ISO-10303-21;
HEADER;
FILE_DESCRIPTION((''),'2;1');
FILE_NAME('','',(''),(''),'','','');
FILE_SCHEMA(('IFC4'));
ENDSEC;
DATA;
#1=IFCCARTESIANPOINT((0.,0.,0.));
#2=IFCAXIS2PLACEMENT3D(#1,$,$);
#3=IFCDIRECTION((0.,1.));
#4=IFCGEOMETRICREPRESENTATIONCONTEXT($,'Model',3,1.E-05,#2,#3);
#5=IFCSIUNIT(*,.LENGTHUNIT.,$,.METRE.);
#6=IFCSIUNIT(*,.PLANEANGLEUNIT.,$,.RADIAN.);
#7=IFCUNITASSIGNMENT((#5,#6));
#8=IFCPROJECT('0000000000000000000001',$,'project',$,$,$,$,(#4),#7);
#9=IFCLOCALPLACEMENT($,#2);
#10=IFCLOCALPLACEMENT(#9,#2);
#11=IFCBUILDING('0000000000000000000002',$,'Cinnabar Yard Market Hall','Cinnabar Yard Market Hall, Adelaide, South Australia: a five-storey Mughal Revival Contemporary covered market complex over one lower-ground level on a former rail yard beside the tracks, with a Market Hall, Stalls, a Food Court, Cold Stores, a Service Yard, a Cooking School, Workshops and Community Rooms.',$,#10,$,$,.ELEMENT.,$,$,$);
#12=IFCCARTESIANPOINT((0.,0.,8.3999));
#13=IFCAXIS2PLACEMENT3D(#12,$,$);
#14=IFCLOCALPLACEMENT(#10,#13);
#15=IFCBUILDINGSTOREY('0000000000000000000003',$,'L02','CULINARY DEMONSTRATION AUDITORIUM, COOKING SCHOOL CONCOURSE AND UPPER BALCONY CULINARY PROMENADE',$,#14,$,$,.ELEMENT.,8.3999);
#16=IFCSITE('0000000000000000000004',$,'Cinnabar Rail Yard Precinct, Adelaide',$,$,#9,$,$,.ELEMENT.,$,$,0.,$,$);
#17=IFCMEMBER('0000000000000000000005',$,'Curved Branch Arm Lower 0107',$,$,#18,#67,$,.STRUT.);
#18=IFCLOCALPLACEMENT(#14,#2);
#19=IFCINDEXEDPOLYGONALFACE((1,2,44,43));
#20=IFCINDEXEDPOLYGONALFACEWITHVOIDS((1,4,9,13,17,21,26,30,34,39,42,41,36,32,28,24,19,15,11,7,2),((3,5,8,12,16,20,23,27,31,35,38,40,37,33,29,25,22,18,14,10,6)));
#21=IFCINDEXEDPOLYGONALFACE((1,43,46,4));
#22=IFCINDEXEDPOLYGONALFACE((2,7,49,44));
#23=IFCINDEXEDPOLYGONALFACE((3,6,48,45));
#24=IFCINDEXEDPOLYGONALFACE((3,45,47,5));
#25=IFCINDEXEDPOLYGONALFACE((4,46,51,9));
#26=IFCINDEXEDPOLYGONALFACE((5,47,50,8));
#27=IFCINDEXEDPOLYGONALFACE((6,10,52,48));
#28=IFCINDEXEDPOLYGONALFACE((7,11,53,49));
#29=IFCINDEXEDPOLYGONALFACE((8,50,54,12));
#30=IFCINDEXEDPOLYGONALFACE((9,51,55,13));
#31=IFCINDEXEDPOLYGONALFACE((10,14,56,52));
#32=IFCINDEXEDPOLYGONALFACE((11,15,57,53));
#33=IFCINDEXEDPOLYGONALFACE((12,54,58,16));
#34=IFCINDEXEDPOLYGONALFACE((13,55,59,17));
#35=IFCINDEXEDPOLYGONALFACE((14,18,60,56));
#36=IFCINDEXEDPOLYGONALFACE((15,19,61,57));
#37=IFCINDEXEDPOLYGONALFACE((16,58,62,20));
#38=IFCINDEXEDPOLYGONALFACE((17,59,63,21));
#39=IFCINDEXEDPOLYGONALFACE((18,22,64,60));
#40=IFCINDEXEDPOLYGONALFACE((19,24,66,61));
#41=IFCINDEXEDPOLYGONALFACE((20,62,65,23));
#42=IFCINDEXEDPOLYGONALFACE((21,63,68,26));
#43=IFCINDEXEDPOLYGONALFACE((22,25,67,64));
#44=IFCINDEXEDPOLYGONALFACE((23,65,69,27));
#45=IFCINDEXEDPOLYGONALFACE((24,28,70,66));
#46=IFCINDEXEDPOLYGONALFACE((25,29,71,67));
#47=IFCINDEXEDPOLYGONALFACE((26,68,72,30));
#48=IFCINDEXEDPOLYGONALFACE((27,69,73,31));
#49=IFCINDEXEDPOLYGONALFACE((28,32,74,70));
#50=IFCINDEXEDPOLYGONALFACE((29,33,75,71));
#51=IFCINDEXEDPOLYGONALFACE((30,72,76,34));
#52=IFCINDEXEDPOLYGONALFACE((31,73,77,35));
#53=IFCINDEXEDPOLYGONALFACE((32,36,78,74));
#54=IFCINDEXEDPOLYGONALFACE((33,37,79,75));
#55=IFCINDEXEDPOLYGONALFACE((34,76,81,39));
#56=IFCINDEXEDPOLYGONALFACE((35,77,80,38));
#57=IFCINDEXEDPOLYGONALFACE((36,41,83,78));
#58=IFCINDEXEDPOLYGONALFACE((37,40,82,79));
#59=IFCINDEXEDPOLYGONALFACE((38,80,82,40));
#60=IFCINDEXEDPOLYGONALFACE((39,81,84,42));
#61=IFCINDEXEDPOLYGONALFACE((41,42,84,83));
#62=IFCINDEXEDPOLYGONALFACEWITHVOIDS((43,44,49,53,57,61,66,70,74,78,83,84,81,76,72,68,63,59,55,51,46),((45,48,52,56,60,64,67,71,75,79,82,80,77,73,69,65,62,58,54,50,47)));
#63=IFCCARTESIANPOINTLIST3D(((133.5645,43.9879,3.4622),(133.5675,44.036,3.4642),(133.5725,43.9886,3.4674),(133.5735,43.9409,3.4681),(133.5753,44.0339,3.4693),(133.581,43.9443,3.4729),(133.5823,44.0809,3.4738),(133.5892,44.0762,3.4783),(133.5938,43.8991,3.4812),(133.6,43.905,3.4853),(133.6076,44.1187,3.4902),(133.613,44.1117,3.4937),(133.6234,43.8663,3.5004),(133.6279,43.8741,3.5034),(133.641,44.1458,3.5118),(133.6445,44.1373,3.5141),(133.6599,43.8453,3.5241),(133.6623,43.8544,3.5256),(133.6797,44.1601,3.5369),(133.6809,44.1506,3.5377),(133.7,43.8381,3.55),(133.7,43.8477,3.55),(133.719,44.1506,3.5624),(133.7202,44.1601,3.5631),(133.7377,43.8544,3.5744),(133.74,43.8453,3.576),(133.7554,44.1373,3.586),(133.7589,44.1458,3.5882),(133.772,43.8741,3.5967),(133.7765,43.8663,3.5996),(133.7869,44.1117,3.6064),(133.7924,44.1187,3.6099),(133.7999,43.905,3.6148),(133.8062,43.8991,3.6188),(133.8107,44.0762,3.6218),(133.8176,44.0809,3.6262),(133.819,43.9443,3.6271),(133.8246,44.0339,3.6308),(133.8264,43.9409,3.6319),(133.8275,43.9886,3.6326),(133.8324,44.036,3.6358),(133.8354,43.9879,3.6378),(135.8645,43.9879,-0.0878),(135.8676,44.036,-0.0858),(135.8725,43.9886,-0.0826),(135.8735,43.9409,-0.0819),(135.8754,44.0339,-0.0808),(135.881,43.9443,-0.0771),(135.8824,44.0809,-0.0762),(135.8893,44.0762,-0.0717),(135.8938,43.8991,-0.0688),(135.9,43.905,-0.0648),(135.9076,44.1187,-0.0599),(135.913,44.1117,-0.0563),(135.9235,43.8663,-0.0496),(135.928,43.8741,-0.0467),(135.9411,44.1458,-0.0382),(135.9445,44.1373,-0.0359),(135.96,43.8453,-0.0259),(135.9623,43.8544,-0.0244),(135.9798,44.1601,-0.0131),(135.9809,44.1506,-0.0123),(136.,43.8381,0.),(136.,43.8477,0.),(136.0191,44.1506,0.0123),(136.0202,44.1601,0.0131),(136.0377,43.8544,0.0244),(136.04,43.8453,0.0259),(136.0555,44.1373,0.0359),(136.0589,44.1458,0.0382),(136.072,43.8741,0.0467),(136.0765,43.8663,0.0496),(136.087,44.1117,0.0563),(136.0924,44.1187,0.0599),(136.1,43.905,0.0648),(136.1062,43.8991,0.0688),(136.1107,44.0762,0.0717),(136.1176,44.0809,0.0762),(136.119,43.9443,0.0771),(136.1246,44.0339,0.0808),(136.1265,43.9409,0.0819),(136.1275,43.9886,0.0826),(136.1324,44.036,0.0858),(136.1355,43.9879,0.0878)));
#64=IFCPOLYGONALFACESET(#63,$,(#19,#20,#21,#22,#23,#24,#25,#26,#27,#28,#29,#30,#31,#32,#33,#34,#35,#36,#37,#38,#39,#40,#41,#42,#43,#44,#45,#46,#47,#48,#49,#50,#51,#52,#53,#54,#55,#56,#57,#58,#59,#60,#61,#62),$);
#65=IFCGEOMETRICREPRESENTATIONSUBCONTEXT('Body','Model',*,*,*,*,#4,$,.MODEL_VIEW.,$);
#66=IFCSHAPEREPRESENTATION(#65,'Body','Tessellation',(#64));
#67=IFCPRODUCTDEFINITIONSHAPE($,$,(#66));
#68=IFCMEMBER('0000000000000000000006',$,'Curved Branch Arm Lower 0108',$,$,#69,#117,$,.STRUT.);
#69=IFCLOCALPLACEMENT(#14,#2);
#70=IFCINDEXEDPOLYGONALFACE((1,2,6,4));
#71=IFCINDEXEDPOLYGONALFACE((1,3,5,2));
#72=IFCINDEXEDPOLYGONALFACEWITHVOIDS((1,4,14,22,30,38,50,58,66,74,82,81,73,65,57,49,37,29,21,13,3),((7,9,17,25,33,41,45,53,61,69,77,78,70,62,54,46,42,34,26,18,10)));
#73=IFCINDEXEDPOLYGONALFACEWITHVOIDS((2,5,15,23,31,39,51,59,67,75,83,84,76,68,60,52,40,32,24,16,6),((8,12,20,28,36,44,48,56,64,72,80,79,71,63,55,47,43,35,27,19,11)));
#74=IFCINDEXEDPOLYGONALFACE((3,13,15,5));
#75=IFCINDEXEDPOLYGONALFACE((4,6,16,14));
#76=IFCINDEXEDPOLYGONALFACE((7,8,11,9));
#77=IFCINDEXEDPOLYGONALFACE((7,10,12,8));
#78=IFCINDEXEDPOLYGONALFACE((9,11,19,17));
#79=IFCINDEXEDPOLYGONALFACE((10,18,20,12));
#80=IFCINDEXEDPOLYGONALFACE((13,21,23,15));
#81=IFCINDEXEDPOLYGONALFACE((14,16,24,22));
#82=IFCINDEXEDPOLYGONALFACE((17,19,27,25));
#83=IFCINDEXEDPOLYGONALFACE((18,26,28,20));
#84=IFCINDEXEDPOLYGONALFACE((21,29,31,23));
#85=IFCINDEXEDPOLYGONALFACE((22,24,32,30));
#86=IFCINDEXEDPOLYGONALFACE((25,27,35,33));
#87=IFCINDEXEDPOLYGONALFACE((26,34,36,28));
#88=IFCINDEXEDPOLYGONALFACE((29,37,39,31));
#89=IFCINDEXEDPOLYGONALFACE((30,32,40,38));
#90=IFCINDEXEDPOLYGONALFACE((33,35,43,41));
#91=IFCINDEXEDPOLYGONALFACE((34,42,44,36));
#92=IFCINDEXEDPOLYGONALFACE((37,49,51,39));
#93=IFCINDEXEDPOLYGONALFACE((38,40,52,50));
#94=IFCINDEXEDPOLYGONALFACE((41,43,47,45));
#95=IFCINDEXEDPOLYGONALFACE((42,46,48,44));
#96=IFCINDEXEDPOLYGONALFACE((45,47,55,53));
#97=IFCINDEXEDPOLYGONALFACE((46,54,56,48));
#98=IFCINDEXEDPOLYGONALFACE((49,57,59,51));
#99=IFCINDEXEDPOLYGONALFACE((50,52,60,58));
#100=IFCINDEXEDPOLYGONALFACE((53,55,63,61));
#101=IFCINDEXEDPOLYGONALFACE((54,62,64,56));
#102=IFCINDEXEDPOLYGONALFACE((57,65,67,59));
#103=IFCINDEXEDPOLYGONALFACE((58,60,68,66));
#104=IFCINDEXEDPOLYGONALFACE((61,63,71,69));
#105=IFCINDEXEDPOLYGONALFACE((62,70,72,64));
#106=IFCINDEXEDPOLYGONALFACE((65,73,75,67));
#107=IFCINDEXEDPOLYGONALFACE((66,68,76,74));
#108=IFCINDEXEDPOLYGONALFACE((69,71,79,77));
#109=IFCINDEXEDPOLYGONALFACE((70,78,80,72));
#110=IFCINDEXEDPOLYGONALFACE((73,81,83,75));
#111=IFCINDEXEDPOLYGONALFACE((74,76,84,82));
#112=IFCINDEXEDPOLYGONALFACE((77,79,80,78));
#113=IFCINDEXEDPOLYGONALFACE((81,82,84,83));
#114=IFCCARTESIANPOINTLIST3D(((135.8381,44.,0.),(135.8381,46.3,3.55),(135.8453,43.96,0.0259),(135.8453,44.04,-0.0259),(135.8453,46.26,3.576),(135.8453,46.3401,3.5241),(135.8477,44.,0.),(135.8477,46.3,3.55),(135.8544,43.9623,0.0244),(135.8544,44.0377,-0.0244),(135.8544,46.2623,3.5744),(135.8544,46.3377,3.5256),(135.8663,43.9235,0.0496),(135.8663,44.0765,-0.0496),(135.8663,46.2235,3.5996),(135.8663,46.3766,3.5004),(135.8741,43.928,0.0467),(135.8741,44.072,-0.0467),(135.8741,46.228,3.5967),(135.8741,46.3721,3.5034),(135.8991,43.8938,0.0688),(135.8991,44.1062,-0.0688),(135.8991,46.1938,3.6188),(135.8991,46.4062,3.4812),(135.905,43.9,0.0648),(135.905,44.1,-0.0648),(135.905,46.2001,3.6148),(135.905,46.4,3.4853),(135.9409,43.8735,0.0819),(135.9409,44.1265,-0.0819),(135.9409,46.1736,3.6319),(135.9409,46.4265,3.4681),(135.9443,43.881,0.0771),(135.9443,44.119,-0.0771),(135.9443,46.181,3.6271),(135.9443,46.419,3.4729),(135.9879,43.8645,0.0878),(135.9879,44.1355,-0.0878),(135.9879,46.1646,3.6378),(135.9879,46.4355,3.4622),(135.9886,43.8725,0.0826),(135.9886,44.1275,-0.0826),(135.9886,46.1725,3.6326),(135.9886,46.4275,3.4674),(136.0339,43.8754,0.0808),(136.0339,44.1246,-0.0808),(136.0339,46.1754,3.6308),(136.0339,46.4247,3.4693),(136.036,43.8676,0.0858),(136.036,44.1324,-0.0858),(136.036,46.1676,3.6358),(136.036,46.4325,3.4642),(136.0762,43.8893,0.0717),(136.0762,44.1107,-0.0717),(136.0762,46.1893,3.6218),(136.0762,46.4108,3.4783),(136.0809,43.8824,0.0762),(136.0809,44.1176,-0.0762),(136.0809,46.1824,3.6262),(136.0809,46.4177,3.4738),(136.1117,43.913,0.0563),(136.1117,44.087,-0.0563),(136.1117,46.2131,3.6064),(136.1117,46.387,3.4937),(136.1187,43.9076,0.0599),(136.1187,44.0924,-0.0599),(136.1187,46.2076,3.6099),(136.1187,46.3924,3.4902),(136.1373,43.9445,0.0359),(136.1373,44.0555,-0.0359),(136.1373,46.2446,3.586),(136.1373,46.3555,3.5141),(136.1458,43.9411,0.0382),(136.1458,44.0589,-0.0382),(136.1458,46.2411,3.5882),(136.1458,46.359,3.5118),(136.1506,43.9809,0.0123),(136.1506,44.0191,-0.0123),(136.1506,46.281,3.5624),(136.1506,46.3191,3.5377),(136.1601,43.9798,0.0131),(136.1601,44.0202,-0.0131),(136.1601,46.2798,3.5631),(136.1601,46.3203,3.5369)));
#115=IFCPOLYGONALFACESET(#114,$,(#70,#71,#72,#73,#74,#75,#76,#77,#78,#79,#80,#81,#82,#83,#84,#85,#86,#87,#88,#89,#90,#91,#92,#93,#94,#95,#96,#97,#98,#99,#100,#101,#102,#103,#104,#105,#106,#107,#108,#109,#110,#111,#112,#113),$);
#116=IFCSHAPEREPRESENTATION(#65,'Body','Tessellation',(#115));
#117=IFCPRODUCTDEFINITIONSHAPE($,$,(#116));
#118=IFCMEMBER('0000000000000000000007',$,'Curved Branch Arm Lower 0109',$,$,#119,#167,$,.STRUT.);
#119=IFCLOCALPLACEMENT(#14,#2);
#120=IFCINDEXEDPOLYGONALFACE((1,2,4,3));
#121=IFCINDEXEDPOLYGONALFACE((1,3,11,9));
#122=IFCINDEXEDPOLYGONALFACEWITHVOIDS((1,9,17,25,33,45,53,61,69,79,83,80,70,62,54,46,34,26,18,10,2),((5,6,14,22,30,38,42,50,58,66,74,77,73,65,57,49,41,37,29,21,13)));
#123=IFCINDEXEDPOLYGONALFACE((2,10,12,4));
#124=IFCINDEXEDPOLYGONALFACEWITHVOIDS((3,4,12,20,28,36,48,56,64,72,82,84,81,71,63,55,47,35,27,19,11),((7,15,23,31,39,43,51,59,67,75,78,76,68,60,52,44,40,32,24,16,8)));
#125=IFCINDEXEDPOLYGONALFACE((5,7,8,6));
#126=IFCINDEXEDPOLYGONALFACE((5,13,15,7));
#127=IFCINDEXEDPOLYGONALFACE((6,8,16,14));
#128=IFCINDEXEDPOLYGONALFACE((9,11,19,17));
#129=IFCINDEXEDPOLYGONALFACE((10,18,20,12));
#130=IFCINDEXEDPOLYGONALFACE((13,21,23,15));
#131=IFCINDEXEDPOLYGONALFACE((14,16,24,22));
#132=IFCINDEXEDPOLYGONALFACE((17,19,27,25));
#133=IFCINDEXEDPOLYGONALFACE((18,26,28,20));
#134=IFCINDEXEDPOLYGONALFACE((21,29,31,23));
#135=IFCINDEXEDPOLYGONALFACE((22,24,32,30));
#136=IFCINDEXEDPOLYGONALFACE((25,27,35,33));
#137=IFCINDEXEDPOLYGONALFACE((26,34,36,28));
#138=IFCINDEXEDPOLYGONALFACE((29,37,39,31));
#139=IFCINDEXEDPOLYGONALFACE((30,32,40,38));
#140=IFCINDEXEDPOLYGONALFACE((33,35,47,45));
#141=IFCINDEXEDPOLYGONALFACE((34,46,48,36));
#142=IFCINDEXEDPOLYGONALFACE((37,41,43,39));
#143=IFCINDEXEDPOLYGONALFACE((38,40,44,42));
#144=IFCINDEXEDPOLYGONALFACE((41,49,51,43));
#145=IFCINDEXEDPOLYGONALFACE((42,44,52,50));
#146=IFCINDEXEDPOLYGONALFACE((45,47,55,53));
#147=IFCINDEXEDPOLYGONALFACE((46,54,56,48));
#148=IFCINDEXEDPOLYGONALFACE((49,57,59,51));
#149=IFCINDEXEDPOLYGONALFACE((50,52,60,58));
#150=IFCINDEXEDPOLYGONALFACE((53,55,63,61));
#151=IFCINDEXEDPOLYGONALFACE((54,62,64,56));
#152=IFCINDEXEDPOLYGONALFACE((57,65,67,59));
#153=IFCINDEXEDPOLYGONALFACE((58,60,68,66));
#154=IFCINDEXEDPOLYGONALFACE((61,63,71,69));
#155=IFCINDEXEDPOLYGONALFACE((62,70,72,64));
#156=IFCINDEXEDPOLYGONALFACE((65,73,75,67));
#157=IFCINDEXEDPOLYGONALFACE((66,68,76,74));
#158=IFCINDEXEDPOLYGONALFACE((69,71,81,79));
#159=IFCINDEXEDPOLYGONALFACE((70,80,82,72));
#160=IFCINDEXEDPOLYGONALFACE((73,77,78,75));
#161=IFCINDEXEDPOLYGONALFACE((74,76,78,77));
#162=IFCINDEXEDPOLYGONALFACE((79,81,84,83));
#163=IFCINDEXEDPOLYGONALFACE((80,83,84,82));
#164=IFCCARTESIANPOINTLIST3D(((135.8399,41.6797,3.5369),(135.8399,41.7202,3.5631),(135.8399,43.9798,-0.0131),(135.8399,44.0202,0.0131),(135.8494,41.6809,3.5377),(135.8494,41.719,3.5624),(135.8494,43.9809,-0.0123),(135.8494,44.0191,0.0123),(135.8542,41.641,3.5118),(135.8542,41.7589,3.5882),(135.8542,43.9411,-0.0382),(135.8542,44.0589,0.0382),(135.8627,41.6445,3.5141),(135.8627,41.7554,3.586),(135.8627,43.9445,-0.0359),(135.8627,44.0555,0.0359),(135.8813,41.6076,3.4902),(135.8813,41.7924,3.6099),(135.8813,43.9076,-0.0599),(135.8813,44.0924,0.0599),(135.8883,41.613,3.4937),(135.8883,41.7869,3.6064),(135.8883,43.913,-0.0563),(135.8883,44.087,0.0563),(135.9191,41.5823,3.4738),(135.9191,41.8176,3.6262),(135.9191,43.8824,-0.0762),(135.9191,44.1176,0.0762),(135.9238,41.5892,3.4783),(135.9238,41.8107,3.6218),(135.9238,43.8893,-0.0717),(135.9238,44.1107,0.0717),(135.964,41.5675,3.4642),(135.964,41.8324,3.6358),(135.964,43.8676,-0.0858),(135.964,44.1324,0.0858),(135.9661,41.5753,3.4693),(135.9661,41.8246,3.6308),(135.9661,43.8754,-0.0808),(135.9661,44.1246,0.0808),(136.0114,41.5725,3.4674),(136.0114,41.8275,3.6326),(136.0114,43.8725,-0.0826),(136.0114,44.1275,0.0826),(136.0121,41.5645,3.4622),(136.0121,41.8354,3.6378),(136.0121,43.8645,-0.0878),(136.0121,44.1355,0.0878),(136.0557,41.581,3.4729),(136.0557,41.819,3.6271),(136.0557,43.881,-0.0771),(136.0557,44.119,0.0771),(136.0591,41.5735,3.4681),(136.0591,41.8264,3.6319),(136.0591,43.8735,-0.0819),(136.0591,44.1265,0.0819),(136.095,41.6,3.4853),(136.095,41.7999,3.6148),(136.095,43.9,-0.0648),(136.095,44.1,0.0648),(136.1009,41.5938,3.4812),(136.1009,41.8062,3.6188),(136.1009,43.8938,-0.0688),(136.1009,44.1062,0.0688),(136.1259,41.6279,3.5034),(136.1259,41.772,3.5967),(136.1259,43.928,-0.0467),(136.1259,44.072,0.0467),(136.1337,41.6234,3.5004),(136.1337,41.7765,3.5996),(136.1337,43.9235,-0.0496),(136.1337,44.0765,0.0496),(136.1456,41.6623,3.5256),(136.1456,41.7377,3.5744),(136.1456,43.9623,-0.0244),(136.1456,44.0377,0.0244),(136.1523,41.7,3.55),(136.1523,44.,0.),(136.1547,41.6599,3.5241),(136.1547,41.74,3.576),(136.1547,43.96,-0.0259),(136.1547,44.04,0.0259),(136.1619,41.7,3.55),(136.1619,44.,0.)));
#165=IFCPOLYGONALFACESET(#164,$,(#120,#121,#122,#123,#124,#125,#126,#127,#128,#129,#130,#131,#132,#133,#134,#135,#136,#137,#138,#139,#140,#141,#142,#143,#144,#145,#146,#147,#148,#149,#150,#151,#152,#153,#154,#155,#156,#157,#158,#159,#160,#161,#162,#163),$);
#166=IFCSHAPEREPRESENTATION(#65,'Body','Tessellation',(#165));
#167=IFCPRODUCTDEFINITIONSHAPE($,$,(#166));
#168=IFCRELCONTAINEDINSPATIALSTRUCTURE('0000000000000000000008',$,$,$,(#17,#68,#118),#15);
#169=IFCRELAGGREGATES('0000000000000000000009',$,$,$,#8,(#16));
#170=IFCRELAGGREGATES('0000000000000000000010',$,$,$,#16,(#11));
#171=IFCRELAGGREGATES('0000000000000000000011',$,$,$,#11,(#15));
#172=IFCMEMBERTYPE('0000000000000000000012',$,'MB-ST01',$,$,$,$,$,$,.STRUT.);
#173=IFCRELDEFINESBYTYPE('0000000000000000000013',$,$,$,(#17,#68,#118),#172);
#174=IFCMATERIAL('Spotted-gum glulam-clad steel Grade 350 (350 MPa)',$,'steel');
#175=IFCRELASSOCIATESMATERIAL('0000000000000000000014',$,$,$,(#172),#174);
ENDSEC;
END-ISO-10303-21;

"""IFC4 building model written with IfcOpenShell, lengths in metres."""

from ifc_helpers import new_model, si_unit, direction, frame, origin, origin_2d_with_axis, place, context, subcontext, project, spatial, hollow_circle, extrude, material, material_profile, profile_set, type_object, element, save


model = new_model("IFC4")

# Units and contexts
model_context = context("Model", 3, precision=1e-05, world=origin(), true_north=direction((0.0, 1.0)))
body_context = subcontext(model_context, "Body", "Model", "MODEL_VIEW")
ifc_project = project(units=[si_unit("LENGTHUNIT", "METRE"), si_unit("PLANEANGLEUNIT", "RADIAN")], contexts=[model_context])

# Site, building, storey
site_placement = place(None, origin())
site = spatial("IfcSite", under=ifc_project, at=site_placement, Name="Cinnabar Rail Yard Precinct, Adelaide", CompositionType="ELEMENT", RefElevation=0.0)
building_placement = place(site_placement, origin())
building = spatial("IfcBuilding", under=site, at=building_placement, Name="Cinnabar Yard Market Hall", Description="Cinnabar Yard Market Hall, Adelaide, South Australia: a five-storey Mughal Revival Contemporary covered market complex over one lower-ground level on a former rail yard beside the tracks, with a Market Hall, Stalls, a Food Court, Cold Stores, a Service Yard, a Cooking School, Workshops and Community Rooms.", CompositionType="ELEMENT")
storey_placement = place(building_placement, frame((0.0, 0.0, 8.3999)))
storey = spatial("IfcBuildingStorey", under=building, at=storey_placement, Name="L02", Description="CULINARY DEMONSTRATION AUDITORIUM, COOKING SCHOOL CONCOURSE AND UPPER BALCONY CULINARY PROMENADE", CompositionType="ELEMENT", Elevation=8.3999)

# Shared definitions
ifc_material_1 = material(Name="Spotted-gum glulam-clad steel Grade 350 (350 MPa)", Category="steel")

# Members
ifc_material_profile_1 = material_profile(ifc_material_1, hollow_circle(Radius=0.1619, WallThickness=0.0095, at=origin_2d_with_axis()), Name="323.9x9.5CHS")
ifc_profile_set_1 = profile_set([ifc_material_profile_1], Name="Spotted-gum glulam-clad steel Grade 350 (350 MPa)")
member_type_1 = type_object("IfcMemberType", Name="MB-ST01", PredefinedType="STRUT", material=ifc_profile_set_1)
for number, where, z_axis, x_axis, name in (
    (1, (136.0, 44.0, 0.0), (-0.543744, 0.0, 0.839251), (0.0, -1.0, 0.0), "Curved Branch Arm Lower 0107"),
    (2, (136.0, 44.0, 0.0), (0.0, 0.543744, 0.839251), (-1.0, 0.0, 0.0), "Curved Branch Arm Lower 0108"),
    (3, (136.0, 44.0, 0.0), (0.0, -0.543744, 0.839251), (1.0, 0.0, 0.0), "Curved Branch Arm Lower 0109"),
):
    element("IfcMember", number, at=place(storey_placement, frame(where, z_axis=z_axis, x_axis=x_axis)), inside=storey, type_object=member_type_1, Name=name, PredefinedType="STRUT", context=body_context, shape_type="SweptSolid", body=[
        extrude(hollow_circle(Radius=0.1619, WallThickness=0.0095, at=origin_2d_with_axis()), origin(), (0.0, 0.0, 1.0), 4.23),
    ])

save(model, "model.ifc")
